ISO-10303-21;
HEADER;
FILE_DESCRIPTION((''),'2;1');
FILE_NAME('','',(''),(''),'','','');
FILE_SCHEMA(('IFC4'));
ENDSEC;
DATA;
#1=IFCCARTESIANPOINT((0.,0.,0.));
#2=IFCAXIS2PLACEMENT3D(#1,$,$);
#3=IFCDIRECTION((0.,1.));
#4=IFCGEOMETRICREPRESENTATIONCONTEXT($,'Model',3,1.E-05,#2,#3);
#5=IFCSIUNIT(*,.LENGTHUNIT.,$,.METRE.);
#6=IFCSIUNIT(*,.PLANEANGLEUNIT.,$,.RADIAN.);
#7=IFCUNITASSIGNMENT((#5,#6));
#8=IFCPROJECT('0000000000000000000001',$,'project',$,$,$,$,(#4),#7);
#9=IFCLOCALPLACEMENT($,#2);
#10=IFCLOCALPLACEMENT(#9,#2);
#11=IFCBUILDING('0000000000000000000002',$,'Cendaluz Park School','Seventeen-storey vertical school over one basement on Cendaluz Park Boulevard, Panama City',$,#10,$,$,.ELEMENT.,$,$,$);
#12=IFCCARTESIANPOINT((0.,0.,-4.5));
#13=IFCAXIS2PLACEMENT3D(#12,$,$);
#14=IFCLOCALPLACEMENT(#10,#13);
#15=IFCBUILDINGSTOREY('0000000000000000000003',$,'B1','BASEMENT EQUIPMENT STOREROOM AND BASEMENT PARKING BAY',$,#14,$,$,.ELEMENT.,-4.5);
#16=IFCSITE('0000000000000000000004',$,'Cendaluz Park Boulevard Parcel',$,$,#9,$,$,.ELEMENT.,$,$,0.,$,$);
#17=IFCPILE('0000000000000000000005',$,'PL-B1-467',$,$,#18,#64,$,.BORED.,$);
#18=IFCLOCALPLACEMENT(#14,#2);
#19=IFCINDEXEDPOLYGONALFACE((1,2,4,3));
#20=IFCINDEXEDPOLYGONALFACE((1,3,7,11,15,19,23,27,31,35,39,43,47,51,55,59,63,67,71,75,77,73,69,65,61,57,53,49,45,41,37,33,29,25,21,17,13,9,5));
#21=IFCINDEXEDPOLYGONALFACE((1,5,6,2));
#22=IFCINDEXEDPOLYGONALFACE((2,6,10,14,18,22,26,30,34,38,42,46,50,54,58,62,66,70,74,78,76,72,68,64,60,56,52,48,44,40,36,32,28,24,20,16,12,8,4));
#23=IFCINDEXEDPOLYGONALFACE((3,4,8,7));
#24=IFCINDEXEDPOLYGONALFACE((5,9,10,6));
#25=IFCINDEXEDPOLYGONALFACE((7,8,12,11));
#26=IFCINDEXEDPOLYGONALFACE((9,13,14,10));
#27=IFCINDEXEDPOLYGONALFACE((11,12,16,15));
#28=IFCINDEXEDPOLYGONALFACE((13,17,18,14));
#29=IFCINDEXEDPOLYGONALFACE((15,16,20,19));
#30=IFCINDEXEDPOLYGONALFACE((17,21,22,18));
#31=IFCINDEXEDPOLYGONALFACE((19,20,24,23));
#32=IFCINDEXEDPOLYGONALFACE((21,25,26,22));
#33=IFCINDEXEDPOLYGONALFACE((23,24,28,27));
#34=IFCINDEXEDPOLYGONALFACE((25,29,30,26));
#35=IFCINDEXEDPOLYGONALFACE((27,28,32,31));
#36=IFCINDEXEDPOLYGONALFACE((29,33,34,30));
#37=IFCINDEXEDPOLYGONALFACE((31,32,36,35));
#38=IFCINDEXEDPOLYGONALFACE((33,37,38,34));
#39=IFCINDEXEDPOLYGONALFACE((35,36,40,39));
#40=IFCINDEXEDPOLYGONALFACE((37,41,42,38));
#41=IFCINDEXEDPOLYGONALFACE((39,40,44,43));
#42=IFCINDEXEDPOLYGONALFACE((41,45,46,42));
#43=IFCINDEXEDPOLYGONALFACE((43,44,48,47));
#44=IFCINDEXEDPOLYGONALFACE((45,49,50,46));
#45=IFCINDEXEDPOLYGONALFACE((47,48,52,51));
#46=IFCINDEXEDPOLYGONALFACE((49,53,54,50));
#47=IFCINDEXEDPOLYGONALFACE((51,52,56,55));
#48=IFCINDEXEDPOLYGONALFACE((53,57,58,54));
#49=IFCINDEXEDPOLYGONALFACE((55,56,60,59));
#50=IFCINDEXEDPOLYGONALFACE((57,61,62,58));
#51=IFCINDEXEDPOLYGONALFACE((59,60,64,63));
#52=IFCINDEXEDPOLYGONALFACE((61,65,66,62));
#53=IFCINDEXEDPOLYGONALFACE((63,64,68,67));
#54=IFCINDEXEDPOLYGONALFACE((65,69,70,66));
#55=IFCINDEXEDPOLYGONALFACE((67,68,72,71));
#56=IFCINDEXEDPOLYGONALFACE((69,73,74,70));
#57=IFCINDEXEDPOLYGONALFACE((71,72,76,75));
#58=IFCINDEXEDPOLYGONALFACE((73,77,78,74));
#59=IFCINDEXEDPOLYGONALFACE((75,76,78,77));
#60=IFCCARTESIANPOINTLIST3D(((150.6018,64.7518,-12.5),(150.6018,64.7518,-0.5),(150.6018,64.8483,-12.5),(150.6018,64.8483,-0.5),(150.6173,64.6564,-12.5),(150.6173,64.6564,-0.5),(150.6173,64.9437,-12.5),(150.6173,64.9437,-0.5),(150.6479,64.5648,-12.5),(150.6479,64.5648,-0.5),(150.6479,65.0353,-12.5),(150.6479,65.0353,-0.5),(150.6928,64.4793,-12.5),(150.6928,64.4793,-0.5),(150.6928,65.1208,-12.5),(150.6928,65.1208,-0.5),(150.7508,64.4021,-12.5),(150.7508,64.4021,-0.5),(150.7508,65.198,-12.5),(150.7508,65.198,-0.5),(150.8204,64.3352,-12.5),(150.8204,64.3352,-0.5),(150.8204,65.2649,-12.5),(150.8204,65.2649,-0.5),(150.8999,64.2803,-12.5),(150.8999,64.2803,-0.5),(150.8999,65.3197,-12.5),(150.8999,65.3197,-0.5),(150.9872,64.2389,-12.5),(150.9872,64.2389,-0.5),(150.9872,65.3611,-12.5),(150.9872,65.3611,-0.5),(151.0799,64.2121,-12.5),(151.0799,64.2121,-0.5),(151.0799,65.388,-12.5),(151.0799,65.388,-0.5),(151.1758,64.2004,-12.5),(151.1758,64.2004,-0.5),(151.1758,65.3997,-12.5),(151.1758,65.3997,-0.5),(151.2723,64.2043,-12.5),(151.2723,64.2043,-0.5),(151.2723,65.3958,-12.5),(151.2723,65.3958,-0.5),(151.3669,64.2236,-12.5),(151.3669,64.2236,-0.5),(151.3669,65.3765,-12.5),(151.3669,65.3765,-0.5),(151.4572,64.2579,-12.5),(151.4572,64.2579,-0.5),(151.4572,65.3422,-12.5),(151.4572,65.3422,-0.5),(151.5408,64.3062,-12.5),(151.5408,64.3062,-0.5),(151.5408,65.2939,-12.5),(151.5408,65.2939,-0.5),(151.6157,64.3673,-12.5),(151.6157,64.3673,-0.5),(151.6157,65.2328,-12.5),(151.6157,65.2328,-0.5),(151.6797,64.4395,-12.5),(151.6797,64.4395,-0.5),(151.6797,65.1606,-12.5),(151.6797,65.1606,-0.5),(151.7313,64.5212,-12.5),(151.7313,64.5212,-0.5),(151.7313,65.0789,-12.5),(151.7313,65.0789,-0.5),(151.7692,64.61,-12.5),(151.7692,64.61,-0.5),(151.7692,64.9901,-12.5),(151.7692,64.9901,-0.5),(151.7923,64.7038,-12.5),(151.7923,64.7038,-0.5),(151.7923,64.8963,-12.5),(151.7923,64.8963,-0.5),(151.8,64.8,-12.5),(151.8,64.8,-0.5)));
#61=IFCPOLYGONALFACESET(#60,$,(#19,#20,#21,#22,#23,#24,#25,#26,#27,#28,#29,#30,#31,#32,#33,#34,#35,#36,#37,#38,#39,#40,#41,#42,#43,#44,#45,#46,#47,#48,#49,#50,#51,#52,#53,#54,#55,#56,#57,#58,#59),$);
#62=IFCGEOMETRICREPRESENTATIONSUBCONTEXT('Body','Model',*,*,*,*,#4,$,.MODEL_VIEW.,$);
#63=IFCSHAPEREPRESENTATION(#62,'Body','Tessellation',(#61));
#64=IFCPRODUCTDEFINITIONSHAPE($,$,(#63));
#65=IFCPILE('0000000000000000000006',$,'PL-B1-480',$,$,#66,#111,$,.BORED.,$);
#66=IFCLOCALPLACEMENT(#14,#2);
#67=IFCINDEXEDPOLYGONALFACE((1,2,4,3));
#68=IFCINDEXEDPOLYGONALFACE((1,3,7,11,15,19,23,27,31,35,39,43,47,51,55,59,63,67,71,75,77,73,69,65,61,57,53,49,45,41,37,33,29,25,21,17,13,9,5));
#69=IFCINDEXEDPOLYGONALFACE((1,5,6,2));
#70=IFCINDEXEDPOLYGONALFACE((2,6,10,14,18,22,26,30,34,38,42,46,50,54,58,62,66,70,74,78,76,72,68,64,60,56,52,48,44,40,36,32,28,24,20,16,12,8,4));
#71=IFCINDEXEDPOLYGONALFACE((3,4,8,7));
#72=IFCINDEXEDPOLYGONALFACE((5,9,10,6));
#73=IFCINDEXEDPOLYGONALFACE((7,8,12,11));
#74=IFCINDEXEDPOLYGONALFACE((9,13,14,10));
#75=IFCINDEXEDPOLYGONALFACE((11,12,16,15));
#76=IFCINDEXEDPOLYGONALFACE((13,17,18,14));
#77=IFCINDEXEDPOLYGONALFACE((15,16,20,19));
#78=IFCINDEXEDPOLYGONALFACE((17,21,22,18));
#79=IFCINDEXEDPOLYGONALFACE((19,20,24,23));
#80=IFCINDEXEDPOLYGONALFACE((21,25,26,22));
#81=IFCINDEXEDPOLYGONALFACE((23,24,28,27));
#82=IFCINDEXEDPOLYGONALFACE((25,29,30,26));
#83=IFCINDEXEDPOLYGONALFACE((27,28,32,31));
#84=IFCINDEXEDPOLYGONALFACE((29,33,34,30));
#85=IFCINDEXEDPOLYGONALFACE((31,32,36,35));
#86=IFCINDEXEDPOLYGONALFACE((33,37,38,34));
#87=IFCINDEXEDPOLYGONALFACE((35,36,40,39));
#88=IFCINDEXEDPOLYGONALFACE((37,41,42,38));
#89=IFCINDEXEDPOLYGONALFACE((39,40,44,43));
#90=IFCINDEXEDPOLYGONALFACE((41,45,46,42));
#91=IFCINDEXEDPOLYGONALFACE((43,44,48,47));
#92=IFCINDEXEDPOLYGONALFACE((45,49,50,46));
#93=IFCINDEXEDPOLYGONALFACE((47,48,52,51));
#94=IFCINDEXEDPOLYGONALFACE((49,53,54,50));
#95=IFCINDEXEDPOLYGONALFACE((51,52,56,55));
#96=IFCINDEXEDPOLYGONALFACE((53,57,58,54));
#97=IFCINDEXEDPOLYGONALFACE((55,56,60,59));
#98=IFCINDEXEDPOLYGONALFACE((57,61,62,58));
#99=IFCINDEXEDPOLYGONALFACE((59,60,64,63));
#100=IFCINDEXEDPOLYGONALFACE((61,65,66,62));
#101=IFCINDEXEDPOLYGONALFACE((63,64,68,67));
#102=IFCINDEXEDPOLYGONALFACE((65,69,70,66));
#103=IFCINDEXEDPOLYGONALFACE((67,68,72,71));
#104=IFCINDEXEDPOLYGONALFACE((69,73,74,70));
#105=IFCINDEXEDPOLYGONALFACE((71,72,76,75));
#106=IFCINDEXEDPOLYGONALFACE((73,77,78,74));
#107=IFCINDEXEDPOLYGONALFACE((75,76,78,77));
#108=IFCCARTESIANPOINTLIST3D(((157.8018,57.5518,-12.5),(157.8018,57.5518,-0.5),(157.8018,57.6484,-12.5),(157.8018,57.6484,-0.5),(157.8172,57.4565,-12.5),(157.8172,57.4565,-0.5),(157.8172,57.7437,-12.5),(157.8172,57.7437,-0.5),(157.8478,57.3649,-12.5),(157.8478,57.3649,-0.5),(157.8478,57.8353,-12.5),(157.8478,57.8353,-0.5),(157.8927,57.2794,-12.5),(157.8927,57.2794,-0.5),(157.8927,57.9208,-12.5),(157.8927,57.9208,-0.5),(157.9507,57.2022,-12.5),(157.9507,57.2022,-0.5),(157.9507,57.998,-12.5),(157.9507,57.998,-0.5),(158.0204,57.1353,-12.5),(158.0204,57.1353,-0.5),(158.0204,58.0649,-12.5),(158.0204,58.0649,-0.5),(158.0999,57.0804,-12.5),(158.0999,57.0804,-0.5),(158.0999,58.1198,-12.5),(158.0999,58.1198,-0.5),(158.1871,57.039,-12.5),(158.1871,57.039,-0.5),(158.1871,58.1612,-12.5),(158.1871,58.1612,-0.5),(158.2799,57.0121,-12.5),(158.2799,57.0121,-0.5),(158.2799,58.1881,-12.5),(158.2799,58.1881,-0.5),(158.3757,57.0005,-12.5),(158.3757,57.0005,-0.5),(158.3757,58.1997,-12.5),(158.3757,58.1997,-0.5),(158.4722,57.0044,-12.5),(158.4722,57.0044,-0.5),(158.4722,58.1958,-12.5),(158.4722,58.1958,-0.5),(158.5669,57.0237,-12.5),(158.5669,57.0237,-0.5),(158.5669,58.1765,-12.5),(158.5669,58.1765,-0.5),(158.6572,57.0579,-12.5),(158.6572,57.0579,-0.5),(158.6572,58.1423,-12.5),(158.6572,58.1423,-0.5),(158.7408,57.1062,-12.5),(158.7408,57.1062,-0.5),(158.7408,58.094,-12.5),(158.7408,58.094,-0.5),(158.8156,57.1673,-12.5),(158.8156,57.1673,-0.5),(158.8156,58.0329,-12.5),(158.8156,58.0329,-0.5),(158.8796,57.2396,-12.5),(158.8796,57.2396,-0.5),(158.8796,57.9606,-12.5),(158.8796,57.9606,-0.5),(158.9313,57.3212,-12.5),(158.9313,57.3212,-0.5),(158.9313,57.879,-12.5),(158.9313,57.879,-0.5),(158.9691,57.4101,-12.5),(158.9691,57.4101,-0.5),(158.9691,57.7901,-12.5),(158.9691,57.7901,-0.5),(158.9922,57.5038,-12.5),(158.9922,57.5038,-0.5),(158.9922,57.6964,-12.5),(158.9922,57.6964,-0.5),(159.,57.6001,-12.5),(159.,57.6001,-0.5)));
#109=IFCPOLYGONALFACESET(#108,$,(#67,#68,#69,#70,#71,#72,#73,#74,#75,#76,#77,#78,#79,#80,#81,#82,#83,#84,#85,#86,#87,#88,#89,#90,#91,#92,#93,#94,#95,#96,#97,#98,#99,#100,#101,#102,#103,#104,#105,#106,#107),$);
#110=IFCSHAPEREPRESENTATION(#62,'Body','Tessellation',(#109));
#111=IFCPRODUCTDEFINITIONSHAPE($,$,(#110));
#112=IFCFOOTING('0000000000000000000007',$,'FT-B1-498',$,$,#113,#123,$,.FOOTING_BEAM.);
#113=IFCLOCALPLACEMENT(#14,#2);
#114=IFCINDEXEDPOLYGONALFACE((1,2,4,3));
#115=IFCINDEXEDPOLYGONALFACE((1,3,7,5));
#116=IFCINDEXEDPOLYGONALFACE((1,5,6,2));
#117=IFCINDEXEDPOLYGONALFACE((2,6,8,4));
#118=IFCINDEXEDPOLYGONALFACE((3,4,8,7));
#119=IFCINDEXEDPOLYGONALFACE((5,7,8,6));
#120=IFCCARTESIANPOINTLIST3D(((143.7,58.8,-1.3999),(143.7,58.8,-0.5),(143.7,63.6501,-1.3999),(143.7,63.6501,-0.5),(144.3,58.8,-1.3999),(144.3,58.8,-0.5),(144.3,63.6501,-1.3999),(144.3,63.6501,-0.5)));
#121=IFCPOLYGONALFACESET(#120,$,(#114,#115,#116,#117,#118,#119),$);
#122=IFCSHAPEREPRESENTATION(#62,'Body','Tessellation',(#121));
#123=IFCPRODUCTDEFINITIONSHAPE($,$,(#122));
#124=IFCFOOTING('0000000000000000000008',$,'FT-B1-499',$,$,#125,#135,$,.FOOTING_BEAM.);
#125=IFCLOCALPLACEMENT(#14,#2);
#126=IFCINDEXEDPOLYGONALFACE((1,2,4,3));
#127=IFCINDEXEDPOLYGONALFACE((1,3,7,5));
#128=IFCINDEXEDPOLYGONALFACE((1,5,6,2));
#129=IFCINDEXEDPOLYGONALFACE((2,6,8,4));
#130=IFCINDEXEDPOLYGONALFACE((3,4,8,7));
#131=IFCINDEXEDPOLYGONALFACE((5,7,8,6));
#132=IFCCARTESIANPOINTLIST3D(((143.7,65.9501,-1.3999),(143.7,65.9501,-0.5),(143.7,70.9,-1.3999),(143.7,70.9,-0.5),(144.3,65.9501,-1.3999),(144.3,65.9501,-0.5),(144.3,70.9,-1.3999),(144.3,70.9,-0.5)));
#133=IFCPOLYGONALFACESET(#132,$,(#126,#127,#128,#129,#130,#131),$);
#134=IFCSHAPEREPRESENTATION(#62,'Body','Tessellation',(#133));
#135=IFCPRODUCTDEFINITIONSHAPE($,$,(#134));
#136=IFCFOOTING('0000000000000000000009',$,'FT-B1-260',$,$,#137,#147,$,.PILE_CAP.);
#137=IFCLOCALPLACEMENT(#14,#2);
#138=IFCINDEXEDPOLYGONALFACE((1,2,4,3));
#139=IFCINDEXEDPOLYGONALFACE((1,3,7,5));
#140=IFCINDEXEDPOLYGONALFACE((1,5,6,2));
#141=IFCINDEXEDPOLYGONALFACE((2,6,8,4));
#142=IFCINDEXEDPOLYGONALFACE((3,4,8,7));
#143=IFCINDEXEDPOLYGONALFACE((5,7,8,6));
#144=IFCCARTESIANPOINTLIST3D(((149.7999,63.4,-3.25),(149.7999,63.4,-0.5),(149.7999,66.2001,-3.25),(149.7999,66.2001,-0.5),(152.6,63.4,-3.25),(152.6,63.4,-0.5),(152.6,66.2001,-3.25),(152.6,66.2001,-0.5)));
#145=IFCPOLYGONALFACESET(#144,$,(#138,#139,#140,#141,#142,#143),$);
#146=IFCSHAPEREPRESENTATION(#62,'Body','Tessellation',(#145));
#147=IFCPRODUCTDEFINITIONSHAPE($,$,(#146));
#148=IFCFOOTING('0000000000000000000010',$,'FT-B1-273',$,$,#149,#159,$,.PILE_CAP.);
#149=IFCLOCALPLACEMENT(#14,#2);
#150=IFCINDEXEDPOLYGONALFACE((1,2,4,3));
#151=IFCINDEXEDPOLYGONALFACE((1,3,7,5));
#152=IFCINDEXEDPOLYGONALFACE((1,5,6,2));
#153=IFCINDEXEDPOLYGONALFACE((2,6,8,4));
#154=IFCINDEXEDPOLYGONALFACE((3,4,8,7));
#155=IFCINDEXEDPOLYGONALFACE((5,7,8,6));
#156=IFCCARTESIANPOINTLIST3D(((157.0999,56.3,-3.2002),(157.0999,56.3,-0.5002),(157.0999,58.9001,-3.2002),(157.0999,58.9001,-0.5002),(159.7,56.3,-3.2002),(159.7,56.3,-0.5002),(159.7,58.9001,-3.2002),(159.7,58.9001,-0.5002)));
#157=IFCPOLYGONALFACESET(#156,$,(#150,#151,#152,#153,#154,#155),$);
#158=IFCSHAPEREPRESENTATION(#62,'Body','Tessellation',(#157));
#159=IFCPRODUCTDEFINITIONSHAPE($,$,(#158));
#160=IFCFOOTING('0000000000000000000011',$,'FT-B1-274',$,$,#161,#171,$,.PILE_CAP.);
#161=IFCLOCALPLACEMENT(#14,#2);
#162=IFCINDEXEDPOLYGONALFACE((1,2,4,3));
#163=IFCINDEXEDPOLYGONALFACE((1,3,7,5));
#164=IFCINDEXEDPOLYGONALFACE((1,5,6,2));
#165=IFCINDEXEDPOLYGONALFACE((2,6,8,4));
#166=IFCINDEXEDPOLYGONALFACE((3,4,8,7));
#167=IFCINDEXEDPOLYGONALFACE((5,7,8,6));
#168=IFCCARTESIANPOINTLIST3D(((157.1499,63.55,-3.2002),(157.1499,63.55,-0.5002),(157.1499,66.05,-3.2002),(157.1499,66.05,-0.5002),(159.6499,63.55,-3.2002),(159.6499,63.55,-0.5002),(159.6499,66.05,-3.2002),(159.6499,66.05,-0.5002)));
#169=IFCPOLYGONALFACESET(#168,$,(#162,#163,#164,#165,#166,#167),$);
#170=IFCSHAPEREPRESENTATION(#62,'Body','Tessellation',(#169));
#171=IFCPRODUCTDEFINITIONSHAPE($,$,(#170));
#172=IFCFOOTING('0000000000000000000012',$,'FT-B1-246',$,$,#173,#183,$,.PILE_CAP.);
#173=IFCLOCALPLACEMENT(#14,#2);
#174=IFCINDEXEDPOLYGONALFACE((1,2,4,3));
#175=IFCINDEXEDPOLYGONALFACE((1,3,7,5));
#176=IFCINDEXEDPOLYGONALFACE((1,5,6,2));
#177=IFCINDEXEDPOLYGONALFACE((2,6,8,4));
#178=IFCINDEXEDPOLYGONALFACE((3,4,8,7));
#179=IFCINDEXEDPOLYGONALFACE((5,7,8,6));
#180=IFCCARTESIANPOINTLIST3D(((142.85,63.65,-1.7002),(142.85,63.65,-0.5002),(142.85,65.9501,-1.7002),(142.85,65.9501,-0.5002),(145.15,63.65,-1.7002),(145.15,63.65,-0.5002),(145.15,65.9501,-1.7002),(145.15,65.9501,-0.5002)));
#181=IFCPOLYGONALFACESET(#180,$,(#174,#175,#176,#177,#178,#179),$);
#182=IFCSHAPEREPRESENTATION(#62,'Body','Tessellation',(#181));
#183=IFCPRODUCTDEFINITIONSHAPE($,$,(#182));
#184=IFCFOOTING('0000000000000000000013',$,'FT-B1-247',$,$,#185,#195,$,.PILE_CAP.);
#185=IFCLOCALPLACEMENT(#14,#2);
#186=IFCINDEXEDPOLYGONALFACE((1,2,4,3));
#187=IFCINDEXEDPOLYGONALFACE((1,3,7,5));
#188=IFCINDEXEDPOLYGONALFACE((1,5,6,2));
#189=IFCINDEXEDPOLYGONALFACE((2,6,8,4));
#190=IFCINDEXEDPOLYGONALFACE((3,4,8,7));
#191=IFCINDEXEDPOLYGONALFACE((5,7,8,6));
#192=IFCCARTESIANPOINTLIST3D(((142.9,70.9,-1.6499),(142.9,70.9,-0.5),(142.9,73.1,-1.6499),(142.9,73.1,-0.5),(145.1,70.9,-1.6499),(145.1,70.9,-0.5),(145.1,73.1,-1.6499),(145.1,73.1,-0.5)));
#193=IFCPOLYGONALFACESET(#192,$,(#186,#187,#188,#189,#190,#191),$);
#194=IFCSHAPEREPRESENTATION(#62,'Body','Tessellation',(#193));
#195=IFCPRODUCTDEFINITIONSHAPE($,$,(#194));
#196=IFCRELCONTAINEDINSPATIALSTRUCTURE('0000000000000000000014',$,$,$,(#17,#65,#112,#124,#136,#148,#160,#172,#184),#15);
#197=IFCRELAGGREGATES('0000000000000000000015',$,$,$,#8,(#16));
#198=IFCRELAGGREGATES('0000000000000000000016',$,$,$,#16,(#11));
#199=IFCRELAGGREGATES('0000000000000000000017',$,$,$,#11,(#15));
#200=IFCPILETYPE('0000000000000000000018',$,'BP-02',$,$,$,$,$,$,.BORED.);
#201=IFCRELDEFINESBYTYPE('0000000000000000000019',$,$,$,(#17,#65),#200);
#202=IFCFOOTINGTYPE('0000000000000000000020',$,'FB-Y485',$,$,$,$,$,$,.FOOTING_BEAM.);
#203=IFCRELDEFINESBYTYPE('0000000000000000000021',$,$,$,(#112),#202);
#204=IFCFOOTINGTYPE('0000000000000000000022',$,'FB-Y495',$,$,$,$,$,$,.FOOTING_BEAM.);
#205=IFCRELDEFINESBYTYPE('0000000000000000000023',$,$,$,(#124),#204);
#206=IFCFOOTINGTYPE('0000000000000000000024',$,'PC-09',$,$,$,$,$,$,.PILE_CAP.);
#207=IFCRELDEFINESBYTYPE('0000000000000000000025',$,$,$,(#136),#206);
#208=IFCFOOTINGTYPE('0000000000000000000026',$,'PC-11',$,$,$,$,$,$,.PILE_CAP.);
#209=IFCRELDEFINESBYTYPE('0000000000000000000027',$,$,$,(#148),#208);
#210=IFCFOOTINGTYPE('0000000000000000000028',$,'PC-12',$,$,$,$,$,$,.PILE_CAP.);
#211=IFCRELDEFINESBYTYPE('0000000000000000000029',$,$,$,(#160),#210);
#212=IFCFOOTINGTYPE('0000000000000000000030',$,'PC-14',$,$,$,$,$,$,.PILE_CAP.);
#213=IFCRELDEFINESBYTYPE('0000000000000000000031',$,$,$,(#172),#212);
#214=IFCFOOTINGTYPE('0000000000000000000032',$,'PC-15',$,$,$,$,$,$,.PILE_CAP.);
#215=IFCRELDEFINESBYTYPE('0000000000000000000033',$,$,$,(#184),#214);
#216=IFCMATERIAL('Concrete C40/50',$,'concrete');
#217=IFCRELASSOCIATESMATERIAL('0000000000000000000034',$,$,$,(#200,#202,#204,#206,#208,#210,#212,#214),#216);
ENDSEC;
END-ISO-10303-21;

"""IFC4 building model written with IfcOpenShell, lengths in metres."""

from ifc_helpers import new_model, si_unit, direction, frame, origin, origin_2d, place, context, subcontext, project, spatial, rectangle, circle, extrude, material, material_profile, profile_set, type_object, element, save


model = new_model("IFC4")

# Units and contexts
model_context = context("Model", 3, precision=1e-05, world=origin(), true_north=direction((0.0, 1.0)))
body_context = subcontext(model_context, "Body", "Model", "MODEL_VIEW")
ifc_project = project(units=[si_unit("LENGTHUNIT", "METRE"), si_unit("PLANEANGLEUNIT", "RADIAN")], contexts=[model_context])

# Site, building, storey
site_placement = place(None, origin())
site = spatial("IfcSite", under=ifc_project, at=site_placement, Name="Cendaluz Park Boulevard Parcel", CompositionType="ELEMENT", RefElevation=0.0)
building_placement = place(site_placement, origin())
building = spatial("IfcBuilding", under=site, at=building_placement, Name="Cendaluz Park School", Description="Seventeen-storey vertical school over one basement on Cendaluz Park Boulevard, Panama City", CompositionType="ELEMENT")
storey_placement = place(building_placement, frame((0.0, 0.0, -4.5)))
storey = spatial("IfcBuildingStorey", under=building, at=storey_placement, Name="B1", Description="BASEMENT EQUIPMENT STOREROOM AND BASEMENT PARKING BAY", CompositionType="ELEMENT", Elevation=-4.5)

# Piles
ifc_material_1 = material(Name="Concrete C40/50", Category="concrete")
ifc_material_profile_1 = material_profile(ifc_material_1, circle(Radius=0.6001, at=origin_2d()), Name="BP D1200", Category="concrete")
ifc_profile_set_1 = profile_set([ifc_material_profile_1], Name="Concrete C40/50")
pile_type_1 = type_object("IfcPileType", Name="BP-02", PredefinedType="BORED", material=ifc_profile_set_1)
for number, where, z_axis, x_axis, name in (
    (1, (151.2, 64.8, -0.5), (0.0, 0.0, -1.0), (1.0, 0.0, 0.0), "PL-B1-467"),
    (2, (158.3999, 57.6001, -0.5), (0.0, 0.0, -1.0), (1.0, 0.0, 0.0), "PL-B1-480"),
):
    element("IfcPile", number, at=place(storey_placement, frame(where, z_axis=z_axis, x_axis=x_axis)), inside=storey, type_object=pile_type_1, Name=name, PredefinedType="BORED", context=body_context, shape_type="SweptSolid", body=[
        extrude(circle(Radius=0.6001, at=origin_2d()), origin(), (0.0, 0.0, 1.0), 12.0),
    ])

# Footings
footing_type_1 = type_object("IfcFootingType", Name="FB-Y485", PredefinedType="FOOTING_BEAM", material=ifc_material_1)
footing_1_placement = place(storey_placement, frame((144.0, 61.2251, -1.3999), z_axis=(0.0, 0.0, 1.0), x_axis=(1.0, 0.0, 0.0)))
element("IfcFooting", 3, at=footing_1_placement, inside=storey, type_object=footing_type_1, Name="FT-B1-498", PredefinedType="FOOTING_BEAM", context=body_context, shape_type="SweptSolid", body=[
    extrude(rectangle(XDim=0.6001, YDim=4.8501, at=origin_2d()), origin(), (0.0, 0.0, 1.0), 0.8999),
])
footing_type_2 = type_object("IfcFootingType", Name="FB-Y495", PredefinedType="FOOTING_BEAM", material=ifc_material_1)
footing_2_placement = place(storey_placement, frame((144.0, 68.425, -1.3999), z_axis=(0.0, 0.0, 1.0), x_axis=(1.0, 0.0, 0.0)))
element("IfcFooting", 4, at=footing_2_placement, inside=storey, type_object=footing_type_2, Name="FT-B1-499", PredefinedType="FOOTING_BEAM", context=body_context, shape_type="SweptSolid", body=[
    extrude(rectangle(XDim=0.6001, YDim=4.95, at=origin_2d()), origin(), (0.0, 0.0, 1.0), 0.8999),
])
footing_type_3 = type_object("IfcFootingType", Name="PC-09", PredefinedType="PILE_CAP", material=ifc_material_1)
footing_3_placement = place(storey_placement, frame((151.2, 64.8, -3.25), z_axis=(0.0, 0.0, 1.0), x_axis=(1.0, 0.0, 0.0)))
element("IfcFooting", 5, at=footing_3_placement, inside=storey, type_object=footing_type_3, Name="FT-B1-260", PredefinedType="PILE_CAP", context=body_context, shape_type="SweptSolid", body=[
    extrude(rectangle(XDim=2.8, YDim=2.8, at=origin_2d()), origin(), (0.0, 0.0, 1.0), 2.75),
])
footing_type_4 = type_object("IfcFootingType", Name="PC-11", PredefinedType="PILE_CAP", material=ifc_material_1)
footing_4_placement = place(storey_placement, frame((158.3999, 57.6001, -3.2002), z_axis=(0.0, 0.0, 1.0), x_axis=(1.0, 0.0, 0.0)))
element("IfcFooting", 6, at=footing_4_placement, inside=storey, type_object=footing_type_4, Name="FT-B1-273", PredefinedType="PILE_CAP", context=body_context, shape_type="SweptSolid", body=[
    extrude(rectangle(XDim=2.6001, YDim=2.6001, at=origin_2d()), origin(), (0.0, 0.0, 1.0), 2.7),
])
footing_type_5 = type_object("IfcFootingType", Name="PC-12", PredefinedType="PILE_CAP", material=ifc_material_1)
footing_5_placement = place(storey_placement, frame((158.3999, 64.8, -3.2002), z_axis=(0.0, 0.0, 1.0), x_axis=(1.0, 0.0, 0.0)))
element("IfcFooting", 7, at=footing_5_placement, inside=storey, type_object=footing_type_5, Name="FT-B1-274", PredefinedType="PILE_CAP", context=body_context, shape_type="SweptSolid", body=[
    extrude(rectangle(XDim=2.5, YDim=2.5, at=origin_2d()), origin(), (0.0, 0.0, 1.0), 2.7),
])
footing_type_6 = type_object("IfcFootingType", Name="PC-14", PredefinedType="PILE_CAP", material=ifc_material_1)
footing_6_placement = place(storey_placement, frame((144.0, 64.8, -1.7002), z_axis=(0.0, 0.0, 1.0), x_axis=(1.0, 0.0, 0.0)))
element("IfcFooting", 8, at=footing_6_placement, inside=storey, type_object=footing_type_6, Name="FT-B1-246", PredefinedType="PILE_CAP", context=body_context, shape_type="SweptSolid", body=[
    extrude(rectangle(XDim=2.3, YDim=2.3, at=origin_2d()), origin(), (0.0, 0.0, 1.0), 1.2),
])
footing_type_7 = type_object("IfcFootingType", Name="PC-15", PredefinedType="PILE_CAP", material=ifc_material_1)
footing_7_placement = place(storey_placement, frame((144.0, 72.0, -1.6499), z_axis=(0.0, 0.0, 1.0), x_axis=(1.0, 0.0, 0.0)))
element("IfcFooting", 9, at=footing_7_placement, inside=storey, type_object=footing_type_7, Name="FT-B1-247", PredefinedType="PILE_CAP", context=body_context, shape_type="SweptSolid", body=[
    extrude(rectangle(XDim=2.2, YDim=2.2, at=origin_2d()), origin(), (0.0, 0.0, 1.0), 1.1499),
])

save(model, "model.ifc")
